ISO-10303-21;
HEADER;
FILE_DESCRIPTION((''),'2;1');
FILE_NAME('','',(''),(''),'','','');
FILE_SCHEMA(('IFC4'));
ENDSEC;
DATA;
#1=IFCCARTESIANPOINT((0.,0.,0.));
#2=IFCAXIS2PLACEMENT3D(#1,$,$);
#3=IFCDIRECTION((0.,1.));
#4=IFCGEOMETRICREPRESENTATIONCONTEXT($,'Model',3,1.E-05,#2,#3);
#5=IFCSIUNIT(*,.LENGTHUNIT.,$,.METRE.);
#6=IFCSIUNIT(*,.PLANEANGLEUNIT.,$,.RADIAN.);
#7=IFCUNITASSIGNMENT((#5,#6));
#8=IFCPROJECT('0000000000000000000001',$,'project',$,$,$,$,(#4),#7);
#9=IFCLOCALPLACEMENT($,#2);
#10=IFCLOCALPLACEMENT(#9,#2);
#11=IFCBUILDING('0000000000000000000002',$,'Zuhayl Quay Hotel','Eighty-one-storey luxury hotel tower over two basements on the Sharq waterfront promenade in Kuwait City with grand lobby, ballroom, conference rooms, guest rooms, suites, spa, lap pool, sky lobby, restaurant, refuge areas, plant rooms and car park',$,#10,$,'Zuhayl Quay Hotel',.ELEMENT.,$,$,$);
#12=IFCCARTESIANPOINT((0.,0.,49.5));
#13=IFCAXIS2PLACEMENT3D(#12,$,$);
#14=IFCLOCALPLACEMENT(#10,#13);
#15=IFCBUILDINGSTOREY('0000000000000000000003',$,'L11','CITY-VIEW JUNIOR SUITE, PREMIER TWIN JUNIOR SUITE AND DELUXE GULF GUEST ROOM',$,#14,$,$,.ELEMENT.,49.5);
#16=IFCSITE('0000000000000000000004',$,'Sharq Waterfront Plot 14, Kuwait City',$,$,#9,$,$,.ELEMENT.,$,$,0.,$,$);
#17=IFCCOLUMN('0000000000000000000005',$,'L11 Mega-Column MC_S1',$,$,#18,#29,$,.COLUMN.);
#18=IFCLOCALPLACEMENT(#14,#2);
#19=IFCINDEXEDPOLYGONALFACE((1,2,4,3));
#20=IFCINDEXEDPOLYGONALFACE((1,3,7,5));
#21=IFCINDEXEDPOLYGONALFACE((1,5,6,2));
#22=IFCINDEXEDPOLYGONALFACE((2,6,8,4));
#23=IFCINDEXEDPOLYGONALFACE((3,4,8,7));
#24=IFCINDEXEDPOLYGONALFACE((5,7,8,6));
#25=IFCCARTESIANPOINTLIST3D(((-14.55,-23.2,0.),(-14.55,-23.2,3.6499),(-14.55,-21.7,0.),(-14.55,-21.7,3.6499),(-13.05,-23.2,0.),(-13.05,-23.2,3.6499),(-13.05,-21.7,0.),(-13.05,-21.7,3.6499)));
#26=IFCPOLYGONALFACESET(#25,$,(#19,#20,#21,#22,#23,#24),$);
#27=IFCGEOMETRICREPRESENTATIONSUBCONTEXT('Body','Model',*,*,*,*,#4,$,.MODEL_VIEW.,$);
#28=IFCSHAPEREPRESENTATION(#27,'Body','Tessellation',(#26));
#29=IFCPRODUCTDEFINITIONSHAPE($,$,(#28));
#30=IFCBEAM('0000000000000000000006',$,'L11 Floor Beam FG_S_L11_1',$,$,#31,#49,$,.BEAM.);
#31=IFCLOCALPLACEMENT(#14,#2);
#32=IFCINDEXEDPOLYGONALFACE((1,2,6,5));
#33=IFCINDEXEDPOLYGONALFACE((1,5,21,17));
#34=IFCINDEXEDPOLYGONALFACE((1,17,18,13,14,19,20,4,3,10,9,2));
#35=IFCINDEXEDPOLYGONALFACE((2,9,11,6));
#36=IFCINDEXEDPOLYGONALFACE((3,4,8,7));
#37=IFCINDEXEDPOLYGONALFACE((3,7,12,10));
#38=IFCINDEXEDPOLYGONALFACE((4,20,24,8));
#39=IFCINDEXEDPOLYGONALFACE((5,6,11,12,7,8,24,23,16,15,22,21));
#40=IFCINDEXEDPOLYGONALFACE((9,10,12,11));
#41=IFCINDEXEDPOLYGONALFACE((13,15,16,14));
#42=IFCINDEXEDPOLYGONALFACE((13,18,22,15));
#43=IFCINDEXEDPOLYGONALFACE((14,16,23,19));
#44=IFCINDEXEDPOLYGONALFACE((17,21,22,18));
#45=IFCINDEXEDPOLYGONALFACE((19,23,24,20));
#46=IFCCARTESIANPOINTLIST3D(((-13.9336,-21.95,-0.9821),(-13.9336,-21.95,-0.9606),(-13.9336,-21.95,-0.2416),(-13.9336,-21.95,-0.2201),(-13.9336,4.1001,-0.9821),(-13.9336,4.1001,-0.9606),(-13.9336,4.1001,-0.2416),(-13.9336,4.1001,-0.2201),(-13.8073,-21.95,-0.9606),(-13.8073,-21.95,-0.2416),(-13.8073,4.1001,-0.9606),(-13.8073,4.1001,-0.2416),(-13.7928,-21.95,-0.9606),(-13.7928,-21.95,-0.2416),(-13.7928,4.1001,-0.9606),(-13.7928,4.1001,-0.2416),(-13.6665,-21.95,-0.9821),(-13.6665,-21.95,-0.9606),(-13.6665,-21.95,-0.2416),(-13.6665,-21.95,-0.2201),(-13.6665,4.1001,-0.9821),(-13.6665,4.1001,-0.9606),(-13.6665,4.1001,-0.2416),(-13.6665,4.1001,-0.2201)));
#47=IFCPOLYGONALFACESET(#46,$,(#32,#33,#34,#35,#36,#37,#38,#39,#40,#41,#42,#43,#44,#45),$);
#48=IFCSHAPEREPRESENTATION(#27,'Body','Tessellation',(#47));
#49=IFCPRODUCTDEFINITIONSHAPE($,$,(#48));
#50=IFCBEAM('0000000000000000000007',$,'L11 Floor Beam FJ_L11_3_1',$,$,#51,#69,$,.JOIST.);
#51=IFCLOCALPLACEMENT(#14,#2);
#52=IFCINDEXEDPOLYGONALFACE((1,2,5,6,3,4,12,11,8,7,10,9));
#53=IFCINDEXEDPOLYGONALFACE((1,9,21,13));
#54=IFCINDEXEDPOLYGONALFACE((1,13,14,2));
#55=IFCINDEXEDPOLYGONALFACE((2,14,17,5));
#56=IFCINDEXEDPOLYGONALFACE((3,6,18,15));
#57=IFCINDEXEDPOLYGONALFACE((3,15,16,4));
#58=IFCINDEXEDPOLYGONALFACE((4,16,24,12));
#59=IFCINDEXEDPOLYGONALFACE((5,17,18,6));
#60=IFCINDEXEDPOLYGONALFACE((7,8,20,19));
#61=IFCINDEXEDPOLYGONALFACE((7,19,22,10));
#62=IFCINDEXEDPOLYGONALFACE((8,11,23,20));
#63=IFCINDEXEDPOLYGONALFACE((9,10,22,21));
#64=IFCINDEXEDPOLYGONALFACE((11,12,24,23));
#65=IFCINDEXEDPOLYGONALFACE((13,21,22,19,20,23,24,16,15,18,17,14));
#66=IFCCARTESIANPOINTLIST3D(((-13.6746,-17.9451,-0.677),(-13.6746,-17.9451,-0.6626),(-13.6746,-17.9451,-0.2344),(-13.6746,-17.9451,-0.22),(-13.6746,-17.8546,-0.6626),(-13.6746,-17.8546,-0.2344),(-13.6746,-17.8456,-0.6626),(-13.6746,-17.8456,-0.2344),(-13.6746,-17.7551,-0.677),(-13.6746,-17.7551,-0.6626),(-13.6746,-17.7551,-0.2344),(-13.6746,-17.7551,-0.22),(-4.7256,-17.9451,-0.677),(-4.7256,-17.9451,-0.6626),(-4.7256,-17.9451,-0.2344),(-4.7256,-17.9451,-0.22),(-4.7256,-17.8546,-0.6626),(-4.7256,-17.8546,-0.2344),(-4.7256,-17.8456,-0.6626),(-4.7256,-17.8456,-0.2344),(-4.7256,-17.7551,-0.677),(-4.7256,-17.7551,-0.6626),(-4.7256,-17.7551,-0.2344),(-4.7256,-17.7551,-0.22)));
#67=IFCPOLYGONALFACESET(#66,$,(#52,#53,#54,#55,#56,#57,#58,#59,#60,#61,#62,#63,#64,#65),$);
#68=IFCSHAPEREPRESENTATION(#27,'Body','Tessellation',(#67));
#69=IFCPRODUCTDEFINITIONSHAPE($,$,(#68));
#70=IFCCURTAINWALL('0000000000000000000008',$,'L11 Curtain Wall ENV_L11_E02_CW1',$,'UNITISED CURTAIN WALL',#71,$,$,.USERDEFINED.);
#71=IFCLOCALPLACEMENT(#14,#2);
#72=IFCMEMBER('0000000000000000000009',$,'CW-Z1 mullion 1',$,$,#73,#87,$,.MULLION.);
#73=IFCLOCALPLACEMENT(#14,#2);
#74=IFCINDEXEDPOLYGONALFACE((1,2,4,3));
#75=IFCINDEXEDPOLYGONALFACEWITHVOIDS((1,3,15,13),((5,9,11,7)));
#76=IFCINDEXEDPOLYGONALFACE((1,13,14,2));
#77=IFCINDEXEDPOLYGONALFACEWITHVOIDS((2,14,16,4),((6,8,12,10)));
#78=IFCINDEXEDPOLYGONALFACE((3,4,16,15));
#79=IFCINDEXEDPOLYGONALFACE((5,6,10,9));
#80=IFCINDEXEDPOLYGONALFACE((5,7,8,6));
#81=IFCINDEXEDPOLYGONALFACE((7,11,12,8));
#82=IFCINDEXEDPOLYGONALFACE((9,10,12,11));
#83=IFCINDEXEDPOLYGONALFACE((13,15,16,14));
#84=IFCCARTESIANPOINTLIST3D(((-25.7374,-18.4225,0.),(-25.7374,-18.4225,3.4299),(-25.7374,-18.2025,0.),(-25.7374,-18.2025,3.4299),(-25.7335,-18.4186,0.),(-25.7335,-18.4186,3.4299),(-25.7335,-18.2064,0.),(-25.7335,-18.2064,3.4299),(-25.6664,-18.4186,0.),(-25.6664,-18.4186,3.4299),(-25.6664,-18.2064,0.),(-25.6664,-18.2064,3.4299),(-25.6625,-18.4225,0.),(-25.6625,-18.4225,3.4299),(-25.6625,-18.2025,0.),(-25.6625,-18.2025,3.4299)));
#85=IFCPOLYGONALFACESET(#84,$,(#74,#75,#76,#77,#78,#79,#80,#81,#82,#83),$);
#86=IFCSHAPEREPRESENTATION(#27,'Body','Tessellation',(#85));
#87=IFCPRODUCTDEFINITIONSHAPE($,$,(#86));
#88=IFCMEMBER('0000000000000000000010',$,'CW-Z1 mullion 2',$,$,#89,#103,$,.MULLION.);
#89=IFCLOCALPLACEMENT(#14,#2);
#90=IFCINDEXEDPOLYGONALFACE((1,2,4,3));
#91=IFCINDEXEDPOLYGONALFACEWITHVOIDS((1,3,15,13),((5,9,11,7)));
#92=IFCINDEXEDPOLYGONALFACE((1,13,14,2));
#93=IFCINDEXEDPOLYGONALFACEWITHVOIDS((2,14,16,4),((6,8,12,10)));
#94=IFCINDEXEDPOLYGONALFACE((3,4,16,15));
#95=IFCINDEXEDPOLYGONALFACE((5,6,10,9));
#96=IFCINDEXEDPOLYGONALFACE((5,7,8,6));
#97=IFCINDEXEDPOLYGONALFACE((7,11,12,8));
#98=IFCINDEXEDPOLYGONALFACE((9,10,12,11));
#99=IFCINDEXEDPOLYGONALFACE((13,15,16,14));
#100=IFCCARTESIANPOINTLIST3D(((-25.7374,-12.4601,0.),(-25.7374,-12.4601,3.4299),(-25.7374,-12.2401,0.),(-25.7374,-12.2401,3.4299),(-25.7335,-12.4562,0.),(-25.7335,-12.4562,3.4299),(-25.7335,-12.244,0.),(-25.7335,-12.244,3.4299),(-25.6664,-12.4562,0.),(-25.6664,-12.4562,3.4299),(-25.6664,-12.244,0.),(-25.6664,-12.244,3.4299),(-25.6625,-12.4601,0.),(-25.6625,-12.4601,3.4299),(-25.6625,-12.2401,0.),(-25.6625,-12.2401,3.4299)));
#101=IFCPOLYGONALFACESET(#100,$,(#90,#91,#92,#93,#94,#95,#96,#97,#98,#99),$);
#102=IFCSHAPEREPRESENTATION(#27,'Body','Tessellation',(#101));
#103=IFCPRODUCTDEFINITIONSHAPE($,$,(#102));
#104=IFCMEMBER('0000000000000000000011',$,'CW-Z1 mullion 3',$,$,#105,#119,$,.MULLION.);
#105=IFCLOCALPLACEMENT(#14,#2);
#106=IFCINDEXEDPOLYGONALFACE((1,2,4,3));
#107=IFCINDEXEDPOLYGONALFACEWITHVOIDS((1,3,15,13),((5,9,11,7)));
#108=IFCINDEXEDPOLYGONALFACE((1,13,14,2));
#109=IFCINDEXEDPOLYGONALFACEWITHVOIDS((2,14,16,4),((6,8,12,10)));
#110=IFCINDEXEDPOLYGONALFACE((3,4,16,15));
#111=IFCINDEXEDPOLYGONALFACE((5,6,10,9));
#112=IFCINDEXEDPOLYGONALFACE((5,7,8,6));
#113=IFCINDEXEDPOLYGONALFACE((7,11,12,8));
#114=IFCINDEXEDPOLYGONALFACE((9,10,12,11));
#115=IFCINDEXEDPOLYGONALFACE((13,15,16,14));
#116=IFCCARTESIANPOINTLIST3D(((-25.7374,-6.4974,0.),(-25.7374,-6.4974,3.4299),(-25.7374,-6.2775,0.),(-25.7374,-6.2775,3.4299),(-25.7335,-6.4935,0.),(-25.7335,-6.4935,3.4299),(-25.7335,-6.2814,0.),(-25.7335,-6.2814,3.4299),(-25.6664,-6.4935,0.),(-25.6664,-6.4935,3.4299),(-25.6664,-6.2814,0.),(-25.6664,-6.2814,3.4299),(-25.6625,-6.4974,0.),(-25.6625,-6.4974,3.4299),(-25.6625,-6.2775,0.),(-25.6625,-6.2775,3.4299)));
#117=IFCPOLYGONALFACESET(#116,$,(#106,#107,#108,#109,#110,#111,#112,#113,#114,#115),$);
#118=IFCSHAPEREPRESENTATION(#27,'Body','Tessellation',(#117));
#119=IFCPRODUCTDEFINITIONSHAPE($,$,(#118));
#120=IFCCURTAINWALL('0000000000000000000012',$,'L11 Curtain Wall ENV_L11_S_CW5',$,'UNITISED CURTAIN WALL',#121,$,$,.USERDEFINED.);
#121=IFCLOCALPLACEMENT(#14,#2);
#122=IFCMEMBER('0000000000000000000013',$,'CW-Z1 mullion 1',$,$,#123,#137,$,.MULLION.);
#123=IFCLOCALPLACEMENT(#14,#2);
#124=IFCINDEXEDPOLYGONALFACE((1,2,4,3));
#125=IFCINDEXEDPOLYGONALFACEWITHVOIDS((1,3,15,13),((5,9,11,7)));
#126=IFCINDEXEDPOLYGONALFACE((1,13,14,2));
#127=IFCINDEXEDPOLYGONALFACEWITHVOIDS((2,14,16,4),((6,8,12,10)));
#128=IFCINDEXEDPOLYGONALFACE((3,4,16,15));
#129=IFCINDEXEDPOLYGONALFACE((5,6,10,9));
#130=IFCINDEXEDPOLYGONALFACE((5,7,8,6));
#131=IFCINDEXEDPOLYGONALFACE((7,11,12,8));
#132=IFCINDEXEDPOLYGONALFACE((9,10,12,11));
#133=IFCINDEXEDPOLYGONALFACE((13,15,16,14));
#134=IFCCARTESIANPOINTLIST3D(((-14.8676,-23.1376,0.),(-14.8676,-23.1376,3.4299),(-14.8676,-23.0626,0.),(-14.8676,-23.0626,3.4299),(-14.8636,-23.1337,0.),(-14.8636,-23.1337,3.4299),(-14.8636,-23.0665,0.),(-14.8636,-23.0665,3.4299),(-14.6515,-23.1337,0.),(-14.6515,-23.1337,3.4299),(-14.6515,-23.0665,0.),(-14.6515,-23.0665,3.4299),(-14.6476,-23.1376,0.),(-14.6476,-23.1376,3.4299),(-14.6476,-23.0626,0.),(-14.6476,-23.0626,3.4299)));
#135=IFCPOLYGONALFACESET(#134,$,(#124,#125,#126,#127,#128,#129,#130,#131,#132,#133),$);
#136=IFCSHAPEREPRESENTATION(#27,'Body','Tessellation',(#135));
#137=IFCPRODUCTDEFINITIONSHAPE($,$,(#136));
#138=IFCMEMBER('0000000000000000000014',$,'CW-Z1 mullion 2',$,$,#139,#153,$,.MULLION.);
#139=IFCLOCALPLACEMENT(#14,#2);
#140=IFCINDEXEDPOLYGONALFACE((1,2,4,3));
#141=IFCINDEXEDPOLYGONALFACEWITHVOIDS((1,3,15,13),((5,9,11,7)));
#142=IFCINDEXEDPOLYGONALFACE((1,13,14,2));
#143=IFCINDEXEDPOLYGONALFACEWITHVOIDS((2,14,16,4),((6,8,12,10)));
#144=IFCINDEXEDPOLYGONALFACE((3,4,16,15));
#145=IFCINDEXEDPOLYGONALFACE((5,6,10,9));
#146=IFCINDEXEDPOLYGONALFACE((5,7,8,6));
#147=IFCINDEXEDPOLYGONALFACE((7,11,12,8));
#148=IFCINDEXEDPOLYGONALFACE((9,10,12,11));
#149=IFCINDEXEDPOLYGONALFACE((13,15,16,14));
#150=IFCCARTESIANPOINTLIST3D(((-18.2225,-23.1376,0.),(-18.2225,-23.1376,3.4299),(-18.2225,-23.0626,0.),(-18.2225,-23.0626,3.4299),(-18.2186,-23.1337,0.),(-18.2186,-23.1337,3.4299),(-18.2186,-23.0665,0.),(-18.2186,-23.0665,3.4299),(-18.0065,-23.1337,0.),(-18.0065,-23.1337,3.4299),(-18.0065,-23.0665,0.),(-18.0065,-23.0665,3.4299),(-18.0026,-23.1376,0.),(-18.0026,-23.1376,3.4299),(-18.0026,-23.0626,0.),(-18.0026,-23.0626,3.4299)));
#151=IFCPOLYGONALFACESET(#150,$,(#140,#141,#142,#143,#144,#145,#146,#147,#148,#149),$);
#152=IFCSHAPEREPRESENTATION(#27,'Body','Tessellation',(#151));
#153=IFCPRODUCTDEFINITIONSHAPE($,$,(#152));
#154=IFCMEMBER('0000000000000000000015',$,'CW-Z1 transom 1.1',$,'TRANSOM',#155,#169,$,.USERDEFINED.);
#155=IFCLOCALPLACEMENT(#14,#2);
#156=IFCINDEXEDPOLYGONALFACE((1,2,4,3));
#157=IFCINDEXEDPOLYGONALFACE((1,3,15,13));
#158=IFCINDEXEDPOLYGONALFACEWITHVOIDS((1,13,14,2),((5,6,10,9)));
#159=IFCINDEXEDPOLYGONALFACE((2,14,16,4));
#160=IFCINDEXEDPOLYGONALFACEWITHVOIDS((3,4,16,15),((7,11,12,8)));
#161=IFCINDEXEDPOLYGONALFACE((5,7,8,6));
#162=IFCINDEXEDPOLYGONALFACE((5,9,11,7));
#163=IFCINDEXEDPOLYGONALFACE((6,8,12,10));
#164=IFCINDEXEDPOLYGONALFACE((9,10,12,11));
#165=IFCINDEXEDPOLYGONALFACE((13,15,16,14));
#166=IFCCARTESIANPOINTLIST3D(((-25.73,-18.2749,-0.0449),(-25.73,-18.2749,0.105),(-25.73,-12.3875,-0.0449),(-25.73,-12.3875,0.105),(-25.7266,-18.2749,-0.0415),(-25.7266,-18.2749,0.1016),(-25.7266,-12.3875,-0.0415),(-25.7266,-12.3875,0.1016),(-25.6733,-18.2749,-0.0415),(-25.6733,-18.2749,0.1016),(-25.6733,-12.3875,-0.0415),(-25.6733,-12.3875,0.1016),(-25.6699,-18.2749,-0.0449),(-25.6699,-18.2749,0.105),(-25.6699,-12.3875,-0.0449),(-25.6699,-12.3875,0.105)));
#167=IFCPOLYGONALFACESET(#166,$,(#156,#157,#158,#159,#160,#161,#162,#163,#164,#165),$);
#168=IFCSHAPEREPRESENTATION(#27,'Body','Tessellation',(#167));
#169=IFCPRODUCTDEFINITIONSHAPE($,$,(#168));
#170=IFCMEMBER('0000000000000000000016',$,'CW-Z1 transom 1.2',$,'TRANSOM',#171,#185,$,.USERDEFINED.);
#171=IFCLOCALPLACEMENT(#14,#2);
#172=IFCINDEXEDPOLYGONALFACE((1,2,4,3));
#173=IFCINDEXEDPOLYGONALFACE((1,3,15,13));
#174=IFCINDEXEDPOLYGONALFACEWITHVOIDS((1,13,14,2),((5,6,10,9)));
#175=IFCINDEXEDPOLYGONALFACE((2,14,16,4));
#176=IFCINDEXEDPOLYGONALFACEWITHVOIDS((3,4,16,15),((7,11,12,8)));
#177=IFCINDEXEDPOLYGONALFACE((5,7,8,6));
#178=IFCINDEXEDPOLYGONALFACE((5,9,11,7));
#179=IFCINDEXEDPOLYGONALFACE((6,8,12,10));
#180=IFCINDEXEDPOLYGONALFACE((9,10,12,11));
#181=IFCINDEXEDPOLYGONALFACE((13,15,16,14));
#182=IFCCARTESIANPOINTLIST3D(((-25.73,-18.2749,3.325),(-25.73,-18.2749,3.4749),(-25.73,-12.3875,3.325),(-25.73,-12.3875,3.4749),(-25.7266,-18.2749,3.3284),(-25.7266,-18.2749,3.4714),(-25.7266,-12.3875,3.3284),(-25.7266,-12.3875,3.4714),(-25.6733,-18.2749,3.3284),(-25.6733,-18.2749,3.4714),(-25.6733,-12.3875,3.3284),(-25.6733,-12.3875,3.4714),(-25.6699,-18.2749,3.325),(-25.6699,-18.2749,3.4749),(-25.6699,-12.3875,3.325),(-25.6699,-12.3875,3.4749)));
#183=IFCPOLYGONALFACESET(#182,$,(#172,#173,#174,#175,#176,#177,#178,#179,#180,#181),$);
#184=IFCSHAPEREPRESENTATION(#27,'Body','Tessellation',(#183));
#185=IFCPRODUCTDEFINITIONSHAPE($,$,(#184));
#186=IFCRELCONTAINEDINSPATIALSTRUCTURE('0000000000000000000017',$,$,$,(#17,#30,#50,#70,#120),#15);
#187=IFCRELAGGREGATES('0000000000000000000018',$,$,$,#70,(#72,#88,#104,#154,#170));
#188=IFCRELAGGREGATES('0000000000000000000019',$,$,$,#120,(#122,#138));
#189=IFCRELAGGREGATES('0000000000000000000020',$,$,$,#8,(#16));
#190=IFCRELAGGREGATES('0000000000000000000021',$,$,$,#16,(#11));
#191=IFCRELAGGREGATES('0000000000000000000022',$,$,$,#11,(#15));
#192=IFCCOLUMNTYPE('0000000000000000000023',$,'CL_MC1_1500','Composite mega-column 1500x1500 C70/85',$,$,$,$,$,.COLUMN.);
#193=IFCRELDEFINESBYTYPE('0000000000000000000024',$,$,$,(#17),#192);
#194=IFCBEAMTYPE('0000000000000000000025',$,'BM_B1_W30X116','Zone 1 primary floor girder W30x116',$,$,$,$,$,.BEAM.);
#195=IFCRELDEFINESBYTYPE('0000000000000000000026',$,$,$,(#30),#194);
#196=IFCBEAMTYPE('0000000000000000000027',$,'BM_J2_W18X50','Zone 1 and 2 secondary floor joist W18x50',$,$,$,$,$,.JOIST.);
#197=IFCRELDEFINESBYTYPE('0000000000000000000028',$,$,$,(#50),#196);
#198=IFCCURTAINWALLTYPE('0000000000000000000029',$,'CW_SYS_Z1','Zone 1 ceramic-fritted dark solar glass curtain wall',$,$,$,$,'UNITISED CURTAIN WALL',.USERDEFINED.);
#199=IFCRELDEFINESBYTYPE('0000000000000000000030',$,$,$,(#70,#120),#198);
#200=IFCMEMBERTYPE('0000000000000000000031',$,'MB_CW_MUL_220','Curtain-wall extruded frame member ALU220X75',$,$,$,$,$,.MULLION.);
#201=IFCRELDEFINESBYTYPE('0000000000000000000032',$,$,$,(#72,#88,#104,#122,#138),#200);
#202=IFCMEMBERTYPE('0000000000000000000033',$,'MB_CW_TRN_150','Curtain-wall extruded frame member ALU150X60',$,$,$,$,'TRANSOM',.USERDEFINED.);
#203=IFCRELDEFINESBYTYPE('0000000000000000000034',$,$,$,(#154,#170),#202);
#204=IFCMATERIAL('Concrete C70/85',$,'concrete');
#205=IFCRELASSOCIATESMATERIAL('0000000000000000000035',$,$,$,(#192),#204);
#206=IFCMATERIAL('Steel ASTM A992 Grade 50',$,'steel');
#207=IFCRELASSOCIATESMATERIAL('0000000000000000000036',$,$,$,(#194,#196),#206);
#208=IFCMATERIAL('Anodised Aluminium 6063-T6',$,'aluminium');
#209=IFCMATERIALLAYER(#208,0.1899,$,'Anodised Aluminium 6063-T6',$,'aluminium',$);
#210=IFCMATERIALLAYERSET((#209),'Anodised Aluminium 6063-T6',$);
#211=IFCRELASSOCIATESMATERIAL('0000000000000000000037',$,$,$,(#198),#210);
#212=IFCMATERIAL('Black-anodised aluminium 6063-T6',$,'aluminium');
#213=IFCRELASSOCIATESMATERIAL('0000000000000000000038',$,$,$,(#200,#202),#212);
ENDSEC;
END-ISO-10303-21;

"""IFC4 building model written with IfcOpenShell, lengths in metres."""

from ifc_helpers import new_model, si_unit, direction, frame, origin, origin_2d, place, context, subcontext, project, spatial, rectangle, hollow_rectangle, i_section, extrude, material, layer, layer_set, material_profile, profile_set, type_object, element, aggregate, save


model = new_model("IFC4")

# Units and contexts
model_context = context("Model", 3, precision=1e-05, world=origin(), true_north=direction((0.0, 1.0)))
body_context = subcontext(model_context, "Body", "Model", "MODEL_VIEW")
ifc_project = project(units=[si_unit("LENGTHUNIT", "METRE"), si_unit("PLANEANGLEUNIT", "RADIAN")], contexts=[model_context])

# Site, building, storey
site_placement = place(None, origin())
site = spatial("IfcSite", under=ifc_project, at=site_placement, Name="Sharq Waterfront Plot 14, Kuwait City", CompositionType="ELEMENT", RefElevation=0.0)
building_placement = place(site_placement, origin())
building = spatial("IfcBuilding", under=site, at=building_placement, Name="Zuhayl Quay Hotel", Description="Eighty-one-storey luxury hotel tower over two basements on the Sharq waterfront promenade in Kuwait City with grand lobby, ballroom, conference rooms, guest rooms, suites, spa, lap pool, sky lobby, restaurant, refuge areas, plant rooms and car park", LongName="Zuhayl Quay Hotel", CompositionType="ELEMENT")
storey_placement = place(building_placement, frame((0.0, 0.0, 49.5)))
storey = spatial("IfcBuildingStorey", under=building, at=storey_placement, Name="L11", Description="CITY-VIEW JUNIOR SUITE, PREMIER TWIN JUNIOR SUITE AND DELUXE GULF GUEST ROOM", CompositionType="ELEMENT", Elevation=49.5)

# Column
ifc_material_1 = material(Name="Concrete C70/85", Category="concrete")
ifc_material_profile_1 = material_profile(ifc_material_1, rectangle(XDim=1.5, YDim=1.5, at=origin_2d()), Name="RC1500X1500")
ifc_profile_set_1 = profile_set([ifc_material_profile_1], Name="Concrete C70/85")
column_type = type_object("IfcColumnType", Name="CL_MC1_1500", Description="Composite mega-column 1500x1500 C70/85", PredefinedType="COLUMN", material=ifc_profile_set_1)
column_placement = place(storey_placement, frame((-13.8, -22.45, 0.0), z_axis=(0.0, 0.0, 1.0), x_axis=(1.0, 0.0, 0.0)))
element("IfcColumn", 1, at=column_placement, inside=storey, type_object=column_type, Name="L11 Mega-Column MC_S1", PredefinedType="COLUMN", context=body_context, shape_type="SweptSolid", body=[
    extrude(rectangle(XDim=1.5, YDim=1.5, at=origin_2d()), origin(), (0.0, 0.0, 1.0), 3.6499),
])

# Beams
ifc_material_2 = material(Name="Steel ASTM A992 Grade 50", Category="steel")
ifc_material_profile_2 = material_profile(ifc_material_2, i_section(OverallWidth=0.2671, OverallDepth=0.762, WebThickness=0.0144, FlangeThickness=0.0215, at=origin_2d()), Name="W30X116")
ifc_profile_set_2 = profile_set([ifc_material_profile_2], Name="Steel ASTM A992 Grade 50")
beam_type_1 = type_object("IfcBeamType", Name="BM_B1_W30X116", Description="Zone 1 primary floor girder W30x116", PredefinedType="BEAM", material=ifc_profile_set_2)
beam_1_placement = place(storey_placement, frame((-13.8, -21.95, -0.6011), z_axis=(0.0, 1.0, 0.0), x_axis=(-1.0, 0.0, 0.0)))
element("IfcBeam", 2, at=beam_1_placement, inside=storey, type_object=beam_type_1, Name="L11 Floor Beam FG_S_L11_1", PredefinedType="BEAM", context=body_context, shape_type="SweptSolid", body=[
    extrude(i_section(OverallWidth=0.2671, OverallDepth=0.762, WebThickness=0.0144, FlangeThickness=0.0215, at=origin_2d()), origin(), (0.0, 0.0, 1.0), 26.05),
])
ifc_material_profile_3 = material_profile(ifc_material_2, i_section(OverallWidth=0.1899, OverallDepth=0.457, WebThickness=0.009, FlangeThickness=0.0144, at=origin_2d()), Name="W18X50")
ifc_profile_set_3 = profile_set([ifc_material_profile_3], Name="Steel ASTM A992 Grade 50")
beam_type_2 = type_object("IfcBeamType", Name="BM_J2_W18X50", Description="Zone 1 and 2 secondary floor joist W18x50", PredefinedType="JOIST", material=ifc_profile_set_3)
beam_2_placement = place(storey_placement, frame((-13.6746, -17.8501, -0.4485), z_axis=(1.0, 0.0, 0.0), x_axis=(0.0, 1.0, 0.0)))
element("IfcBeam", 3, at=beam_2_placement, inside=storey, type_object=beam_type_2, Name="L11 Floor Beam FJ_L11_3_1", PredefinedType="JOIST", context=body_context, shape_type="SweptSolid", body=[
    extrude(i_section(OverallWidth=0.1899, OverallDepth=0.457, WebThickness=0.009, FlangeThickness=0.0144, at=origin_2d()), origin(), (0.0, 0.0, 1.0), 8.949),
])

# Curtain walls, members
ifc_material_3 = material(Name="Anodised Aluminium 6063-T6", Category="aluminium")
ifc_layer_1 = layer(ifc_material_3, 0.1899, Name="Anodised Aluminium 6063-T6", Category="aluminium")
ifc_layer_set_1 = layer_set([ifc_layer_1], Name="Anodised Aluminium 6063-T6")
curtain_wall_type = type_object("IfcCurtainWallType", Name="CW_SYS_Z1", Description="Zone 1 ceramic-fritted dark solar glass curtain wall", ElementType="UNITISED CURTAIN WALL", PredefinedType="USERDEFINED", material=ifc_layer_set_1)
curtain_wall_1_placement = place(storey_placement, origin())
curtain_wall_1 = element("IfcCurtainWall", 4, at=curtain_wall_1_placement, inside=storey, type_object=curtain_wall_type, Name="L11 Curtain Wall ENV_L11_E02_CW1", ObjectType="UNITISED CURTAIN WALL", PredefinedType="USERDEFINED")
ifc_material_4 = material(Name="Black-anodised aluminium 6063-T6", Category="aluminium")
ifc_material_profile_4 = material_profile(ifc_material_4, hollow_rectangle(XDim=0.075, YDim=0.22, WallThickness=0.0039, at=origin_2d()), Name="ALU220X75")
ifc_profile_set_4 = profile_set([ifc_material_profile_4], Name="Black-anodised aluminium 6063-T6")
member_type_1 = type_object("IfcMemberType", Name="MB_CW_MUL_220", Description="Curtain-wall extruded frame member ALU220X75", PredefinedType="MULLION", material=ifc_profile_set_4)
member_1_placement = place(storey_placement, frame((-25.7, -18.3125, 0.0), z_axis=(0.0, 0.0, 1.0), x_axis=(-1.0, 0.0, 0.0)))
member_1 = element("IfcMember", 5, at=member_1_placement, type_object=member_type_1, Name="CW-Z1 mullion 1", PredefinedType="MULLION", context=body_context, shape_type="SweptSolid", body=[
    extrude(hollow_rectangle(XDim=0.075, YDim=0.22, WallThickness=0.0039, at=origin_2d()), origin(), (0.0, 0.0, 1.0), 3.4299),
])
member_2_placement = place(storey_placement, frame((-25.7, -12.3501, 0.0), z_axis=(0.0, 0.0, 1.0), x_axis=(-1.0, 0.0, 0.0)))
member_2 = element("IfcMember", 6, at=member_2_placement, type_object=member_type_1, Name="CW-Z1 mullion 2", PredefinedType="MULLION", context=body_context, shape_type="SweptSolid", body=[
    extrude(hollow_rectangle(XDim=0.075, YDim=0.22, WallThickness=0.0039, at=origin_2d()), origin(), (0.0, 0.0, 1.0), 3.4299),
])
member_3_placement = place(storey_placement, frame((-25.7, -6.3875, 0.0), z_axis=(0.0, 0.0, 1.0), x_axis=(-1.0, 0.0, 0.0)))
member_3 = element("IfcMember", 7, at=member_3_placement, type_object=member_type_1, Name="CW-Z1 mullion 3", PredefinedType="MULLION", context=body_context, shape_type="SweptSolid", body=[
    extrude(hollow_rectangle(XDim=0.075, YDim=0.22, WallThickness=0.0039, at=origin_2d()), origin(), (0.0, 0.0, 1.0), 3.4299),
])
curtain_wall_2_placement = place(storey_placement, origin())
curtain_wall_2 = element("IfcCurtainWall", 8, at=curtain_wall_2_placement, inside=storey, type_object=curtain_wall_type, Name="L11 Curtain Wall ENV_L11_S_CW5", ObjectType="UNITISED CURTAIN WALL", PredefinedType="USERDEFINED")
member_4_placement = place(storey_placement, frame((-14.7576, -23.1001, 0.0), z_axis=(0.0, 0.0, 1.0), x_axis=(0.0, -1.0, 0.0)))
member_4 = element("IfcMember", 9, at=member_4_placement, type_object=member_type_1, Name="CW-Z1 mullion 1", PredefinedType="MULLION", context=body_context, shape_type="SweptSolid", body=[
    extrude(hollow_rectangle(XDim=0.075, YDim=0.22, WallThickness=0.0039, at=origin_2d()), origin(), (0.0, 0.0, 1.0), 3.4299),
])
member_5_placement = place(storey_placement, frame((-18.1125, -23.1001, 0.0), z_axis=(0.0, 0.0, 1.0), x_axis=(0.0, -1.0, 0.0)))
member_5 = element("IfcMember", 10, at=member_5_placement, type_object=member_type_1, Name="CW-Z1 mullion 2", PredefinedType="MULLION", context=body_context, shape_type="SweptSolid", body=[
    extrude(hollow_rectangle(XDim=0.075, YDim=0.22, WallThickness=0.0039, at=origin_2d()), origin(), (0.0, 0.0, 1.0), 3.4299),
])

# Members
ifc_material_profile_5 = material_profile(ifc_material_4, hollow_rectangle(XDim=0.0601, YDim=0.1499, WallThickness=0.0034, at=origin_2d()), Name="ALU150X60")
ifc_profile_set_5 = profile_set([ifc_material_profile_5], Name="Black-anodised aluminium 6063-T6")
member_type_2 = type_object("IfcMemberType", Name="MB_CW_TRN_150", Description="Curtain-wall extruded frame member ALU150X60", ElementType="TRANSOM", PredefinedType="USERDEFINED", material=ifc_profile_set_5)
member_6_placement = place(storey_placement, frame((-25.7, -18.2749, 0.03), z_axis=(0.0, 1.0, 0.0), x_axis=(-1.0, 0.0, 0.0)))
member_6 = element("IfcMember", 11, at=member_6_placement, type_object=member_type_2, Name="CW-Z1 transom 1.1", ObjectType="TRANSOM", PredefinedType="USERDEFINED", context=body_context, shape_type="SweptSolid", body=[
    extrude(hollow_rectangle(XDim=0.0601, YDim=0.1499, WallThickness=0.0034, at=origin_2d()), origin(), (0.0, 0.0, 1.0), 5.8875),
])
member_7_placement = place(storey_placement, frame((-25.7, -18.2749, 3.3999), z_axis=(0.0, 1.0, 0.0), x_axis=(-1.0, 0.0, 0.0)))
member_7 = element("IfcMember", 12, at=member_7_placement, type_object=member_type_2, Name="CW-Z1 transom 1.2", ObjectType="TRANSOM", PredefinedType="USERDEFINED", context=body_context, shape_type="SweptSolid", body=[
    extrude(hollow_rectangle(XDim=0.0601, YDim=0.1499, WallThickness=0.0034, at=origin_2d()), origin(), (0.0, 0.0, 1.0), 5.8875),
])

aggregate(curtain_wall_1, [member_1, member_2, member_3, member_6, member_7])
aggregate(curtain_wall_2, [member_4, member_5])

save(model, "model.ifc")
